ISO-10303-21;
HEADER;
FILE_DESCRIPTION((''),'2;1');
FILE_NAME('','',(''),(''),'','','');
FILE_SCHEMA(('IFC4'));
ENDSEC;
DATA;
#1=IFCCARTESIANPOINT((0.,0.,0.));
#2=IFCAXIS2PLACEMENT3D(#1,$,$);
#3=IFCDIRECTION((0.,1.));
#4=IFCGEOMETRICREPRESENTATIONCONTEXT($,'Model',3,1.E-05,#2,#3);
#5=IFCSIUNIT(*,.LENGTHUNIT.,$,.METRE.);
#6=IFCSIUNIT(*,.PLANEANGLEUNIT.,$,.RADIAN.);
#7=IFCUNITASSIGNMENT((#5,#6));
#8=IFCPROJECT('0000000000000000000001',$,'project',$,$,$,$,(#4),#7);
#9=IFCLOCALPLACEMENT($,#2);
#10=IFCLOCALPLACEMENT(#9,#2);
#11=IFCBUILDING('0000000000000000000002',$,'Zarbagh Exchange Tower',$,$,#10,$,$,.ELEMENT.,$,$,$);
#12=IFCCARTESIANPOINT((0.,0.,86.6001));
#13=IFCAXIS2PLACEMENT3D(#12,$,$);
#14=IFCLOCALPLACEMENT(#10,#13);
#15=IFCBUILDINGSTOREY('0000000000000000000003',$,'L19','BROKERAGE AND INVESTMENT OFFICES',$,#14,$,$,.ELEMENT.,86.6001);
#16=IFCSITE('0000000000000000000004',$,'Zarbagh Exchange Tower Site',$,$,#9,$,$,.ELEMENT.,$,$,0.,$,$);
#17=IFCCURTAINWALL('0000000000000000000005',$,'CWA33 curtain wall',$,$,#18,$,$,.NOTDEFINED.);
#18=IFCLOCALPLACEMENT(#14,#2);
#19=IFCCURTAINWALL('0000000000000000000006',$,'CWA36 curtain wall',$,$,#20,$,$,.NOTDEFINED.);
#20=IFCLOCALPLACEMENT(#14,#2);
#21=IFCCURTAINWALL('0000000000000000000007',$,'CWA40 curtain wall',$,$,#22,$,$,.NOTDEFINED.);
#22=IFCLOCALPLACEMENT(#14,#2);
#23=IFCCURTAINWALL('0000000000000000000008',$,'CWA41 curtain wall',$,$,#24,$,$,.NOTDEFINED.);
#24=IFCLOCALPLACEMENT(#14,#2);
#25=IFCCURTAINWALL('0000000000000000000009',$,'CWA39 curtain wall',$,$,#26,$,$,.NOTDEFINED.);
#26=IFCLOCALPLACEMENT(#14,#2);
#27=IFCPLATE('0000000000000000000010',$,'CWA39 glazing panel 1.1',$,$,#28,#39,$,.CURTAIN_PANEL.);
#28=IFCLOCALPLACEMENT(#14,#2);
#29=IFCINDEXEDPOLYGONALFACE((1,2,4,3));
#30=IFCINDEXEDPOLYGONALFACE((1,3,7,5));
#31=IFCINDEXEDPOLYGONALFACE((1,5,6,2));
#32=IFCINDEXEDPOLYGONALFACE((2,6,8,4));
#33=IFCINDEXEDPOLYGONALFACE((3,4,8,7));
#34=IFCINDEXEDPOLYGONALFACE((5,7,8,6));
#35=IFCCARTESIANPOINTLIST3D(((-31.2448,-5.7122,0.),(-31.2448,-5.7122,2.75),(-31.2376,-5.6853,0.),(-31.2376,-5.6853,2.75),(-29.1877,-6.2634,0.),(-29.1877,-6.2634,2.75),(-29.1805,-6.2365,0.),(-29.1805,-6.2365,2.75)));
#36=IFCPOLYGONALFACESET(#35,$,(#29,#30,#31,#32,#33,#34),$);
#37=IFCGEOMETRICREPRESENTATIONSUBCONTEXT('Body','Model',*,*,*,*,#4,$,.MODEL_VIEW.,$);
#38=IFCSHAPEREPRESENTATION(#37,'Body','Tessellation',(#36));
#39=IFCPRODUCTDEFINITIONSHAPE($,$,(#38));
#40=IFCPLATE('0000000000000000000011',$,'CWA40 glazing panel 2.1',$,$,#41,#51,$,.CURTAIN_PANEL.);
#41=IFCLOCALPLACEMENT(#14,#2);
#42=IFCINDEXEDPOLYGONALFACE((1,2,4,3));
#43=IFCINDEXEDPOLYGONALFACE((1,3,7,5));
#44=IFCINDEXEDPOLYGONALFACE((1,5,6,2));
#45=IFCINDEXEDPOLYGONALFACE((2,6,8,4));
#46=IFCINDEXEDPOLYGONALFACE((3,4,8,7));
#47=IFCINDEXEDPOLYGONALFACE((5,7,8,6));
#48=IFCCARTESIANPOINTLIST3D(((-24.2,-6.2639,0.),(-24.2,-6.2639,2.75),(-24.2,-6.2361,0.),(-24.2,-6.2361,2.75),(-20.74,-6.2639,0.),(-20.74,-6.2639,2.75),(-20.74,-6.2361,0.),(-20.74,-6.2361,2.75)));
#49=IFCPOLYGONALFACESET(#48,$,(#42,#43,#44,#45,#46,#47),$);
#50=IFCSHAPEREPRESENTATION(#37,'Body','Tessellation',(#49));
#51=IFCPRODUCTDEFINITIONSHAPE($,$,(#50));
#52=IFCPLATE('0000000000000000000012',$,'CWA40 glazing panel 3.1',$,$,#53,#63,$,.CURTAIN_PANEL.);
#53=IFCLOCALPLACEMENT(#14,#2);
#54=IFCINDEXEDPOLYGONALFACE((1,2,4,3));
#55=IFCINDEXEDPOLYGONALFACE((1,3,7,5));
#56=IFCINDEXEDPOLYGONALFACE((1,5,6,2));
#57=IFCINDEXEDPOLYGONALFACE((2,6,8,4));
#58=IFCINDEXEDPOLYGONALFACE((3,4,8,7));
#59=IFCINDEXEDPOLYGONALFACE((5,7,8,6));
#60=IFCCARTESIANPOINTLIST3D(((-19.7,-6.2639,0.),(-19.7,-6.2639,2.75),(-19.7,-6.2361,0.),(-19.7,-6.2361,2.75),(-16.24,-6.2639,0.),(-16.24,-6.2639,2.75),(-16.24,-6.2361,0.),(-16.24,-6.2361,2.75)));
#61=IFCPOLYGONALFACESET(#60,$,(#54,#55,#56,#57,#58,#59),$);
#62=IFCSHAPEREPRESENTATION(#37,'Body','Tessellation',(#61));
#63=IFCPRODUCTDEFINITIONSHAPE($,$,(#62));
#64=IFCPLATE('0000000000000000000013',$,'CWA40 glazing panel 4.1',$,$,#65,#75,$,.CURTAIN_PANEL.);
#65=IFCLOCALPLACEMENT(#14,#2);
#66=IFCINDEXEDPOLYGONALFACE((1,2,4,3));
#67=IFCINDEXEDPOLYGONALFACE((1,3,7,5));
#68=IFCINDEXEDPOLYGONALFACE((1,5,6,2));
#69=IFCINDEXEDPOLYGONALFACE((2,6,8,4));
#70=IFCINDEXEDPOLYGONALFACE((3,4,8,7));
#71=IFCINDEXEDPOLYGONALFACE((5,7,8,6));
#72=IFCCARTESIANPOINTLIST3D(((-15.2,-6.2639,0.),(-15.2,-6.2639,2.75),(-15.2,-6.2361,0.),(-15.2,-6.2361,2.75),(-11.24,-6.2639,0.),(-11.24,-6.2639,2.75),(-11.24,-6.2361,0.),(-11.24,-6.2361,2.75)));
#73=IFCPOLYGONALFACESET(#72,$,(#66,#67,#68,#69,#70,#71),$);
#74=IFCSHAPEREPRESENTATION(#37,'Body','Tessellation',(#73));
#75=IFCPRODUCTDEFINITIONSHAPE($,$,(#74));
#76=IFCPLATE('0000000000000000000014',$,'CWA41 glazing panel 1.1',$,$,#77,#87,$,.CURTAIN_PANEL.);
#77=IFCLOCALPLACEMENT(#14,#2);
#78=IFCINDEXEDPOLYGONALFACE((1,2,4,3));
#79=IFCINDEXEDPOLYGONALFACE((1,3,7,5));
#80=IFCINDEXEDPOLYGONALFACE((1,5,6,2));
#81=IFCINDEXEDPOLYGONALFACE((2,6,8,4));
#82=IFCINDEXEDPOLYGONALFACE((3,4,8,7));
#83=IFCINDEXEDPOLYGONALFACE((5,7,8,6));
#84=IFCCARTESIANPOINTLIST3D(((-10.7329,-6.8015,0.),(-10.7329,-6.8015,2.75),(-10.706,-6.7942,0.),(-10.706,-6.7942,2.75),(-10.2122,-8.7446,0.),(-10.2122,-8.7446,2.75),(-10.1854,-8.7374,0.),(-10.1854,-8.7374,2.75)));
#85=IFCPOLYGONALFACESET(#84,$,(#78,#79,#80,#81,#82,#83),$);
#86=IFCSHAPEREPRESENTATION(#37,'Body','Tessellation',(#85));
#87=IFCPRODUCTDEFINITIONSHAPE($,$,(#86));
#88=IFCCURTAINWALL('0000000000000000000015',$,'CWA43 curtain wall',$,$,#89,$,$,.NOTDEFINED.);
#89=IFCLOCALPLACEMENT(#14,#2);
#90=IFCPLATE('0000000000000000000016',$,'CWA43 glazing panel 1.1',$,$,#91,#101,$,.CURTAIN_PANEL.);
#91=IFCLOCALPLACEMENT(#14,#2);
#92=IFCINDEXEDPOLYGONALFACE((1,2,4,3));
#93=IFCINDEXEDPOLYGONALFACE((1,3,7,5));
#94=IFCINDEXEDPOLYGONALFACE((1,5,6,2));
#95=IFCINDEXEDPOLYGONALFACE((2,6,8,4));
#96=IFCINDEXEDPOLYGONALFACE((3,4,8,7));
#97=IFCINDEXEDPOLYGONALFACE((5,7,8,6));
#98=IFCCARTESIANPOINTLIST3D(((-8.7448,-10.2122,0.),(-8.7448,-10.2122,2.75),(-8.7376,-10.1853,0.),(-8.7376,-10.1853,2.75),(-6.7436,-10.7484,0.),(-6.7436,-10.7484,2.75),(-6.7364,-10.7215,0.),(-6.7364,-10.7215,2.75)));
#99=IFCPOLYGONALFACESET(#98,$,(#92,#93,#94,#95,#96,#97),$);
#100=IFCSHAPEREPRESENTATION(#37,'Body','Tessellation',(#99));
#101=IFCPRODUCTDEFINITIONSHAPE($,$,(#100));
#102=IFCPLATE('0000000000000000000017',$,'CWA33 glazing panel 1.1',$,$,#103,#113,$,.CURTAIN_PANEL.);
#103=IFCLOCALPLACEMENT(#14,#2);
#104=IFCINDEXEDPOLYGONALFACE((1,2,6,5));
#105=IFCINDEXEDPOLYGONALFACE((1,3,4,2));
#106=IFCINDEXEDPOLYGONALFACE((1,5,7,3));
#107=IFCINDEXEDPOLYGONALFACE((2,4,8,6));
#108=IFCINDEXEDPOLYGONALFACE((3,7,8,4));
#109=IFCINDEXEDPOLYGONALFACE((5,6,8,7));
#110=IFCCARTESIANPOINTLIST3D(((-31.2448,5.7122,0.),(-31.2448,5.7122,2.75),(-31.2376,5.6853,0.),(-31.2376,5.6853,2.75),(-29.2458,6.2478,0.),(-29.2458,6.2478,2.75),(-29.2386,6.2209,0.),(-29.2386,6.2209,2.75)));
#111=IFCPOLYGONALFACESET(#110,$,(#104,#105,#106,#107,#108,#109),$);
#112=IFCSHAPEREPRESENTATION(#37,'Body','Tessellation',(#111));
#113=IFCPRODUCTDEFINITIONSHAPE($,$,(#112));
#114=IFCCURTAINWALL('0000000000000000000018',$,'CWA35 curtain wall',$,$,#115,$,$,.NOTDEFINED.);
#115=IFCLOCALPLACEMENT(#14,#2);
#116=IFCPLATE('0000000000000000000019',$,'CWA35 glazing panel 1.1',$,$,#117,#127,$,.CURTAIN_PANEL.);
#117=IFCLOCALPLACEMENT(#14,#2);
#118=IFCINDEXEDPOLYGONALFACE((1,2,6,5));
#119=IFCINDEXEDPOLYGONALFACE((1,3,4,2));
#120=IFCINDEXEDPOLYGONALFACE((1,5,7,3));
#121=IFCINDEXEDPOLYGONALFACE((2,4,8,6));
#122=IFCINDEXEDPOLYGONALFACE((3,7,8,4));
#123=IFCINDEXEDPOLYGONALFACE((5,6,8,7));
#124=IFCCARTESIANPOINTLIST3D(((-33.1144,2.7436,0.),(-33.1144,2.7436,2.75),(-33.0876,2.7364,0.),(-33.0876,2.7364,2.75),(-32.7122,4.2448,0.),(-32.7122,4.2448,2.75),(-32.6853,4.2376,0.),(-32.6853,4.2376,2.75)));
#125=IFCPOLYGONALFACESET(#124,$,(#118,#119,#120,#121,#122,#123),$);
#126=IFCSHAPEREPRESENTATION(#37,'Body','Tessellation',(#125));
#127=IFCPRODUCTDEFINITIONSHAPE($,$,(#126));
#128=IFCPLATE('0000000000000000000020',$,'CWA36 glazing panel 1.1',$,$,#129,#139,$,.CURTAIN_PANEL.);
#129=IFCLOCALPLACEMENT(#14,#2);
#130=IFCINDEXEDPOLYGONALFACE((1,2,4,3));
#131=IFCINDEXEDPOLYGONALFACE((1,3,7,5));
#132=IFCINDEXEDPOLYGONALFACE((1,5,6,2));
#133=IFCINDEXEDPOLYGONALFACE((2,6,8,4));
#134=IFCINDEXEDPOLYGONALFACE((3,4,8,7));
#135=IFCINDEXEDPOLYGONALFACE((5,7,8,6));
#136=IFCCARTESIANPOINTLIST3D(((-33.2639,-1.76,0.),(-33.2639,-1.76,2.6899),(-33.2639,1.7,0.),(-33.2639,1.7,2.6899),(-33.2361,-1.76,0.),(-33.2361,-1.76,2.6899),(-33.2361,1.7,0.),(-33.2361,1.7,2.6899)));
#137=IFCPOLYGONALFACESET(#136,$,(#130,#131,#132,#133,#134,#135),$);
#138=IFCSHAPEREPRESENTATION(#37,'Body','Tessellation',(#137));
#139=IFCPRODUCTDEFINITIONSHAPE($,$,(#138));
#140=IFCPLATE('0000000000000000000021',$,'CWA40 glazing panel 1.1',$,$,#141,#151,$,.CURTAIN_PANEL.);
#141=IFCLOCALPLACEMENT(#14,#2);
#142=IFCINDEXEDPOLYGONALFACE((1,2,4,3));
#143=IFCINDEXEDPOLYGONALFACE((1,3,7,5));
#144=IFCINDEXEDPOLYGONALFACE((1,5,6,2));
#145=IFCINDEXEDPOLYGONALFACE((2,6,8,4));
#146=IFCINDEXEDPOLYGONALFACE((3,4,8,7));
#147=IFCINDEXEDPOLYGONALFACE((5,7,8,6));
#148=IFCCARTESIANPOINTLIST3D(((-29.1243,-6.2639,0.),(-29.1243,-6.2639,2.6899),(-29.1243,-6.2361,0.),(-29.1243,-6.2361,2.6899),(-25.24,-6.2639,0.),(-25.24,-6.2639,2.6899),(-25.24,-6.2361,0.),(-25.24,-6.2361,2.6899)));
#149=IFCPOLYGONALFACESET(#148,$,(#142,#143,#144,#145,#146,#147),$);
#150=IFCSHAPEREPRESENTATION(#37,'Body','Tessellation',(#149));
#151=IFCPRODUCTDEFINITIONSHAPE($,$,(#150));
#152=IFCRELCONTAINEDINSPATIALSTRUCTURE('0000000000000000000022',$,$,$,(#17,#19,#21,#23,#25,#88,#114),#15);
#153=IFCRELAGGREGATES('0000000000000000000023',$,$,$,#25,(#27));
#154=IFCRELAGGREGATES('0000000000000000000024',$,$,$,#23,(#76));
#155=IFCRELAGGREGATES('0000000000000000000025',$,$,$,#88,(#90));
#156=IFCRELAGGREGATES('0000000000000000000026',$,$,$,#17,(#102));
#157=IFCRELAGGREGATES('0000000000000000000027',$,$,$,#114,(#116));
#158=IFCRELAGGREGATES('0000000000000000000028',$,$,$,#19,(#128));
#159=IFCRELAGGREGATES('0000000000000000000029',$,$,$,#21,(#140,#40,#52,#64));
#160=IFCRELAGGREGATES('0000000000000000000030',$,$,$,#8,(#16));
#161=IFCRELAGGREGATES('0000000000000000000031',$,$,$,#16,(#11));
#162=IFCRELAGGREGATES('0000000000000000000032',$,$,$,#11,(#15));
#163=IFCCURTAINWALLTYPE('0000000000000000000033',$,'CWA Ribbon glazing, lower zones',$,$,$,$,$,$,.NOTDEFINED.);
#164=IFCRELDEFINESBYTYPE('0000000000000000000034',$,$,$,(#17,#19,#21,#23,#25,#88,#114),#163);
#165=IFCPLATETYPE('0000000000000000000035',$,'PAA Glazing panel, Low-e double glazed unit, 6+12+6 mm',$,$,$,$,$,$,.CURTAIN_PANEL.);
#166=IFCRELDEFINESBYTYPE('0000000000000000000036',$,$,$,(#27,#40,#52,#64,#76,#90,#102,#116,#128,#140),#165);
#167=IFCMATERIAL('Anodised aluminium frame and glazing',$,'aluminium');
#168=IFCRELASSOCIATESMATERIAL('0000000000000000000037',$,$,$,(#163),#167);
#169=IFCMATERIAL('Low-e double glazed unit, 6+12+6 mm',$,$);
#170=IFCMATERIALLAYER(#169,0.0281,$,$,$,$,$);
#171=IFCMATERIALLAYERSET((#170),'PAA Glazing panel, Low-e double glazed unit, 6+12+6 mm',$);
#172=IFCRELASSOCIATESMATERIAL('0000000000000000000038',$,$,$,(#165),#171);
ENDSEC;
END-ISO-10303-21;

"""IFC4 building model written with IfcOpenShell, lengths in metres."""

from ifc_helpers import new_model, si_unit, direction, frame, origin, place, context, subcontext, project, spatial, polyline, outline, extrude, source, transform, mapped, material, layer, layer_set, type_object, element, aggregate, save


model = new_model("IFC4")

# Units and contexts
model_context = context("Model", 3, precision=1e-05, world=origin(), true_north=direction((0.0, 1.0)))
body_context = subcontext(model_context, "Body", "Model", "MODEL_VIEW")
ifc_project = project(units=[si_unit("LENGTHUNIT", "METRE"), si_unit("PLANEANGLEUNIT", "RADIAN")], contexts=[model_context])

# Site, building, storey
site_placement = place(None, origin())
site = spatial("IfcSite", under=ifc_project, at=site_placement, Name="Zarbagh Exchange Tower Site", CompositionType="ELEMENT", RefElevation=0.0)
building_placement = place(site_placement, origin())
building = spatial("IfcBuilding", under=site, at=building_placement, Name="Zarbagh Exchange Tower", CompositionType="ELEMENT")
storey_placement = place(building_placement, frame((0.0, 0.0, 86.6001)))
storey = spatial("IfcBuildingStorey", under=building, at=storey_placement, Name="L19", Description="BROKERAGE AND INVESTMENT OFFICES", CompositionType="ELEMENT", Elevation=86.6001)

# Curtain walls
ifc_material_1 = material(Name="Anodised aluminium frame and glazing", Category="aluminium")
curtain_wall_type = type_object("IfcCurtainWallType", Name="CWA Ribbon glazing, lower zones", PredefinedType="NOTDEFINED", material=ifc_material_1)
curtain_wall_1_placement = place(storey_placement, origin())
curtain_wall_1 = element("IfcCurtainWall", 1, at=curtain_wall_1_placement, inside=storey, type_object=curtain_wall_type, Name="CWA33 curtain wall", PredefinedType="NOTDEFINED")
placement = place(storey_placement, origin())
curtain_wall_2_placement = place(storey_placement, origin())
curtain_wall_2 = element("IfcCurtainWall", 2, at=curtain_wall_2_placement, inside=storey, type_object=curtain_wall_type, Name="CWA36 curtain wall", PredefinedType="NOTDEFINED")

# Curtain wall
curtain_wall_3_placement = place(storey_placement, origin())
curtain_wall_3 = element("IfcCurtainWall", 3, at=curtain_wall_3_placement, inside=storey, type_object=curtain_wall_type, Name="CWA40 curtain wall", PredefinedType="NOTDEFINED")

# Curtain wall
curtain_wall_4_placement = place(storey_placement, origin())
curtain_wall_4 = element("IfcCurtainWall", 4, at=curtain_wall_4_placement, inside=storey, type_object=curtain_wall_type, Name="CWA41 curtain wall", PredefinedType="NOTDEFINED")

# Shared definitions
ifc_material_2 = material(Name="Low-e double glazed unit, 6+12+6 mm")
ifc_layer = layer(ifc_material_2, 0.0281)
ifc_layer_set = layer_set([ifc_layer], Name="PAA Glazing panel, Low-e double glazed unit, 6+12+6 mm")
plate_type = type_object("IfcPlateType", Name="PAA Glazing panel, Low-e double glazed unit, 6+12+6 mm", PredefinedType="CURTAIN_PANEL", material=ifc_layer_set)

# Curtain wall, plate
curtain_wall_5_placement = place(storey_placement, origin())
curtain_wall_5 = element("IfcCurtainWall", 5, at=curtain_wall_5_placement, inside=storey, type_object=curtain_wall_type, Name="CWA39 curtain wall", PredefinedType="NOTDEFINED")
shared_shape_1 = source(origin(), body_context, "Body", "SweptSolid", [
    extrude(outline(polyline([(0.0, -0.0139), (2.1296, -0.0139), (2.1296, 0.0139), (0.0, 0.0139), (0.0, -0.0139)])), origin(), (0.0, 0.0, 1.0), 2.75),
])
plate_1 = element("IfcPlate", 6, at=placement, type_object=plate_type, Name="CWA39 glazing panel 1.1", PredefinedType="CURTAIN_PANEL", context=body_context, shape_type="MappedRepresentation", body=[
    mapped(shared_shape_1, transform((-31.2412, -5.6987, 0.0), x_axis=(0.965924, -0.258825, 0.0), y_axis=(0.258825, 0.965924, 0.0), z_axis=(0.0, 0.0, 1.0))),
])
aggregate(curtain_wall_5, [plate_1])

# Plates
shared_shape_2 = source(origin(), body_context, "Body", "SweptSolid", [
    extrude(outline(polyline([(0.0, -0.0139), (3.46, -0.0139), (3.46, 0.0139), (0.0, 0.0139), (0.0, -0.0139)])), origin(), (0.0, 0.0, 1.0), 2.75),
])
plate_2 = element("IfcPlate", 7, at=placement, type_object=plate_type, Name="CWA40 glazing panel 2.1", PredefinedType="CURTAIN_PANEL", context=body_context, shape_type="MappedRepresentation", body=[
    mapped(shared_shape_2, transform((-24.2, -6.25, 0.0), x_axis=(1.0, 0.0, 0.0), y_axis=(0.0, 1.0, 0.0), z_axis=(0.0, 0.0, 1.0))),
])
plate_3 = element("IfcPlate", 8, at=placement, type_object=plate_type, Name="CWA40 glazing panel 3.1", PredefinedType="CURTAIN_PANEL", context=body_context, shape_type="MappedRepresentation", body=[
    mapped(shared_shape_2, transform((-19.7, -6.25, 0.0), x_axis=(1.0, 0.0, 0.0), y_axis=(0.0, 1.0, 0.0), z_axis=(0.0, 0.0, 1.0))),
])
shared_shape_3 = source(origin(), body_context, "Body", "SweptSolid", [
    extrude(outline(polyline([(0.0, -0.0139), (3.96, -0.0139), (3.96, 0.0139), (0.0, 0.0139), (0.0, -0.0139)])), origin(), (0.0, 0.0, 1.0), 2.75),
])
plate_4 = element("IfcPlate", 9, at=placement, type_object=plate_type, Name="CWA40 glazing panel 4.1", PredefinedType="CURTAIN_PANEL", context=body_context, shape_type="MappedRepresentation", body=[
    mapped(shared_shape_3, transform((-15.2, -6.25, 0.0), x_axis=(1.0, 0.0, 0.0), y_axis=(0.0, 1.0, 0.0), z_axis=(0.0, 0.0, 1.0))),
])
shared_shape_4 = source(origin(), body_context, "Body", "SweptSolid", [
    extrude(outline(polyline([(0.0, -0.0139), (2.0117, -0.0139), (2.0117, 0.0139), (0.0, 0.0139), (0.0, -0.0139)])), origin(), (0.0, 0.0, 1.0), 2.75),
])
plate_5 = element("IfcPlate", 10, at=placement, type_object=plate_type, Name="CWA41 glazing panel 1.1", PredefinedType="CURTAIN_PANEL", context=body_context, shape_type="MappedRepresentation", body=[
    mapped(shared_shape_4, transform((-10.7195, -6.7979, 0.0), x_axis=(0.258825, -0.965924, 0.0), y_axis=(0.965924, 0.258825, 0.0), z_axis=(0.0, 0.0, 1.0))),
])
aggregate(curtain_wall_4, [plate_5])

# Curtain wall, plate
curtain_wall_6_placement = place(storey_placement, origin())
curtain_wall_6 = element("IfcCurtainWall", 11, at=curtain_wall_6_placement, inside=storey, type_object=curtain_wall_type, Name="CWA43 curtain wall", PredefinedType="NOTDEFINED")
shared_shape_5 = source(origin(), body_context, "Body", "SweptSolid", [
    extrude(outline(polyline([(0.0, -0.0139), (2.0718, -0.0139), (2.0718, 0.0139), (0.0, 0.0139), (0.0, -0.0139)])), origin(), (0.0, 0.0, 1.0), 2.75),
])
plate_6 = element("IfcPlate", 12, at=placement, type_object=plate_type, Name="CWA43 glazing panel 1.1", PredefinedType="CURTAIN_PANEL", context=body_context, shape_type="MappedRepresentation", body=[
    mapped(shared_shape_5, transform((-8.7412, -10.1987, 0.0), x_axis=(0.965924, -0.258825, 0.0), y_axis=(0.258825, 0.965924, 0.0), z_axis=(0.0, 0.0, 1.0))),
])
aggregate(curtain_wall_6, [plate_6])

# Plate
shared_shape_6 = source(origin(), body_context, "Body", "SweptSolid", [
    extrude(outline(polyline([(0.0, -0.0139), (2.0696, -0.0139), (2.0696, 0.0139), (0.0, 0.0139), (0.0, -0.0139)])), origin(), (0.0, 0.0, 1.0), 2.75),
])
plate_7 = element("IfcPlate", 13, at=placement, type_object=plate_type, Name="CWA33 glazing panel 1.1", PredefinedType="CURTAIN_PANEL", context=body_context, shape_type="MappedRepresentation", body=[
    mapped(shared_shape_6, transform((-29.2422, 6.2344, 0.0), x_axis=(-0.965924, -0.258825, 0.0), y_axis=(0.258825, -0.965924, 0.0), z_axis=(0.0, 0.0, 1.0))),
])
aggregate(curtain_wall_1, [plate_7])

# Curtain wall, plate
curtain_wall_7_placement = place(storey_placement, origin())
curtain_wall_7 = element("IfcCurtainWall", 14, at=curtain_wall_7_placement, inside=storey, type_object=curtain_wall_type, Name="CWA35 curtain wall", PredefinedType="NOTDEFINED")
shared_shape_7 = source(origin(), body_context, "Body", "SweptSolid", [
    extrude(outline(polyline([(0.0, -0.0139), (1.5542, -0.0139), (1.5542, 0.0139), (0.0, 0.0139), (0.0, -0.0139)])), origin(), (0.0, 0.0, 1.0), 2.75),
])
plate_8 = element("IfcPlate", 15, at=placement, type_object=plate_type, Name="CWA35 glazing panel 1.1", PredefinedType="CURTAIN_PANEL", context=body_context, shape_type="MappedRepresentation", body=[
    mapped(shared_shape_7, transform((-32.6987, 4.2412, 0.0), x_axis=(-0.258825, -0.965924, 0.0), y_axis=(0.965924, -0.258825, 0.0), z_axis=(0.0, 0.0, 1.0))),
])
aggregate(curtain_wall_7, [plate_8])

# Plates
shared_shape_8 = source(origin(), body_context, "Body", "SweptSolid", [
    extrude(outline(polyline([(0.0, -0.0139), (3.46, -0.0139), (3.46, 0.0139), (0.0, 0.0139), (0.0, -0.0139)])), origin(), (0.0, 0.0, 1.0), 2.6899),
])
plate_9 = element("IfcPlate", 16, at=placement, type_object=plate_type, Name="CWA36 glazing panel 1.1", PredefinedType="CURTAIN_PANEL", context=body_context, shape_type="MappedRepresentation", body=[
    mapped(shared_shape_8, transform((-33.25, 1.7, 0.0), x_axis=(0.0, -1.0, 0.0), y_axis=(1.0, 0.0, 0.0), z_axis=(0.0, 0.0, 1.0))),
])
aggregate(curtain_wall_2, [plate_9])
shared_shape_9 = source(origin(), body_context, "Body", "SweptSolid", [
    extrude(outline(polyline([(0.0, -0.0139), (3.8843, -0.0139), (3.8843, 0.0139), (0.0, 0.0139), (0.0, -0.0139)])), origin(), (0.0, 0.0, 1.0), 2.6899),
])
plate_10 = element("IfcPlate", 17, at=placement, type_object=plate_type, Name="CWA40 glazing panel 1.1", PredefinedType="CURTAIN_PANEL", context=body_context, shape_type="MappedRepresentation", body=[
    mapped(shared_shape_9, transform((-29.1243, -6.25, 0.0), x_axis=(1.0, 0.0, 0.0), y_axis=(0.0, 1.0, 0.0), z_axis=(0.0, 0.0, 1.0))),
])
aggregate(curtain_wall_3, [plate_10, plate_2, plate_3, plate_4])

save(model, "model.ifc")
